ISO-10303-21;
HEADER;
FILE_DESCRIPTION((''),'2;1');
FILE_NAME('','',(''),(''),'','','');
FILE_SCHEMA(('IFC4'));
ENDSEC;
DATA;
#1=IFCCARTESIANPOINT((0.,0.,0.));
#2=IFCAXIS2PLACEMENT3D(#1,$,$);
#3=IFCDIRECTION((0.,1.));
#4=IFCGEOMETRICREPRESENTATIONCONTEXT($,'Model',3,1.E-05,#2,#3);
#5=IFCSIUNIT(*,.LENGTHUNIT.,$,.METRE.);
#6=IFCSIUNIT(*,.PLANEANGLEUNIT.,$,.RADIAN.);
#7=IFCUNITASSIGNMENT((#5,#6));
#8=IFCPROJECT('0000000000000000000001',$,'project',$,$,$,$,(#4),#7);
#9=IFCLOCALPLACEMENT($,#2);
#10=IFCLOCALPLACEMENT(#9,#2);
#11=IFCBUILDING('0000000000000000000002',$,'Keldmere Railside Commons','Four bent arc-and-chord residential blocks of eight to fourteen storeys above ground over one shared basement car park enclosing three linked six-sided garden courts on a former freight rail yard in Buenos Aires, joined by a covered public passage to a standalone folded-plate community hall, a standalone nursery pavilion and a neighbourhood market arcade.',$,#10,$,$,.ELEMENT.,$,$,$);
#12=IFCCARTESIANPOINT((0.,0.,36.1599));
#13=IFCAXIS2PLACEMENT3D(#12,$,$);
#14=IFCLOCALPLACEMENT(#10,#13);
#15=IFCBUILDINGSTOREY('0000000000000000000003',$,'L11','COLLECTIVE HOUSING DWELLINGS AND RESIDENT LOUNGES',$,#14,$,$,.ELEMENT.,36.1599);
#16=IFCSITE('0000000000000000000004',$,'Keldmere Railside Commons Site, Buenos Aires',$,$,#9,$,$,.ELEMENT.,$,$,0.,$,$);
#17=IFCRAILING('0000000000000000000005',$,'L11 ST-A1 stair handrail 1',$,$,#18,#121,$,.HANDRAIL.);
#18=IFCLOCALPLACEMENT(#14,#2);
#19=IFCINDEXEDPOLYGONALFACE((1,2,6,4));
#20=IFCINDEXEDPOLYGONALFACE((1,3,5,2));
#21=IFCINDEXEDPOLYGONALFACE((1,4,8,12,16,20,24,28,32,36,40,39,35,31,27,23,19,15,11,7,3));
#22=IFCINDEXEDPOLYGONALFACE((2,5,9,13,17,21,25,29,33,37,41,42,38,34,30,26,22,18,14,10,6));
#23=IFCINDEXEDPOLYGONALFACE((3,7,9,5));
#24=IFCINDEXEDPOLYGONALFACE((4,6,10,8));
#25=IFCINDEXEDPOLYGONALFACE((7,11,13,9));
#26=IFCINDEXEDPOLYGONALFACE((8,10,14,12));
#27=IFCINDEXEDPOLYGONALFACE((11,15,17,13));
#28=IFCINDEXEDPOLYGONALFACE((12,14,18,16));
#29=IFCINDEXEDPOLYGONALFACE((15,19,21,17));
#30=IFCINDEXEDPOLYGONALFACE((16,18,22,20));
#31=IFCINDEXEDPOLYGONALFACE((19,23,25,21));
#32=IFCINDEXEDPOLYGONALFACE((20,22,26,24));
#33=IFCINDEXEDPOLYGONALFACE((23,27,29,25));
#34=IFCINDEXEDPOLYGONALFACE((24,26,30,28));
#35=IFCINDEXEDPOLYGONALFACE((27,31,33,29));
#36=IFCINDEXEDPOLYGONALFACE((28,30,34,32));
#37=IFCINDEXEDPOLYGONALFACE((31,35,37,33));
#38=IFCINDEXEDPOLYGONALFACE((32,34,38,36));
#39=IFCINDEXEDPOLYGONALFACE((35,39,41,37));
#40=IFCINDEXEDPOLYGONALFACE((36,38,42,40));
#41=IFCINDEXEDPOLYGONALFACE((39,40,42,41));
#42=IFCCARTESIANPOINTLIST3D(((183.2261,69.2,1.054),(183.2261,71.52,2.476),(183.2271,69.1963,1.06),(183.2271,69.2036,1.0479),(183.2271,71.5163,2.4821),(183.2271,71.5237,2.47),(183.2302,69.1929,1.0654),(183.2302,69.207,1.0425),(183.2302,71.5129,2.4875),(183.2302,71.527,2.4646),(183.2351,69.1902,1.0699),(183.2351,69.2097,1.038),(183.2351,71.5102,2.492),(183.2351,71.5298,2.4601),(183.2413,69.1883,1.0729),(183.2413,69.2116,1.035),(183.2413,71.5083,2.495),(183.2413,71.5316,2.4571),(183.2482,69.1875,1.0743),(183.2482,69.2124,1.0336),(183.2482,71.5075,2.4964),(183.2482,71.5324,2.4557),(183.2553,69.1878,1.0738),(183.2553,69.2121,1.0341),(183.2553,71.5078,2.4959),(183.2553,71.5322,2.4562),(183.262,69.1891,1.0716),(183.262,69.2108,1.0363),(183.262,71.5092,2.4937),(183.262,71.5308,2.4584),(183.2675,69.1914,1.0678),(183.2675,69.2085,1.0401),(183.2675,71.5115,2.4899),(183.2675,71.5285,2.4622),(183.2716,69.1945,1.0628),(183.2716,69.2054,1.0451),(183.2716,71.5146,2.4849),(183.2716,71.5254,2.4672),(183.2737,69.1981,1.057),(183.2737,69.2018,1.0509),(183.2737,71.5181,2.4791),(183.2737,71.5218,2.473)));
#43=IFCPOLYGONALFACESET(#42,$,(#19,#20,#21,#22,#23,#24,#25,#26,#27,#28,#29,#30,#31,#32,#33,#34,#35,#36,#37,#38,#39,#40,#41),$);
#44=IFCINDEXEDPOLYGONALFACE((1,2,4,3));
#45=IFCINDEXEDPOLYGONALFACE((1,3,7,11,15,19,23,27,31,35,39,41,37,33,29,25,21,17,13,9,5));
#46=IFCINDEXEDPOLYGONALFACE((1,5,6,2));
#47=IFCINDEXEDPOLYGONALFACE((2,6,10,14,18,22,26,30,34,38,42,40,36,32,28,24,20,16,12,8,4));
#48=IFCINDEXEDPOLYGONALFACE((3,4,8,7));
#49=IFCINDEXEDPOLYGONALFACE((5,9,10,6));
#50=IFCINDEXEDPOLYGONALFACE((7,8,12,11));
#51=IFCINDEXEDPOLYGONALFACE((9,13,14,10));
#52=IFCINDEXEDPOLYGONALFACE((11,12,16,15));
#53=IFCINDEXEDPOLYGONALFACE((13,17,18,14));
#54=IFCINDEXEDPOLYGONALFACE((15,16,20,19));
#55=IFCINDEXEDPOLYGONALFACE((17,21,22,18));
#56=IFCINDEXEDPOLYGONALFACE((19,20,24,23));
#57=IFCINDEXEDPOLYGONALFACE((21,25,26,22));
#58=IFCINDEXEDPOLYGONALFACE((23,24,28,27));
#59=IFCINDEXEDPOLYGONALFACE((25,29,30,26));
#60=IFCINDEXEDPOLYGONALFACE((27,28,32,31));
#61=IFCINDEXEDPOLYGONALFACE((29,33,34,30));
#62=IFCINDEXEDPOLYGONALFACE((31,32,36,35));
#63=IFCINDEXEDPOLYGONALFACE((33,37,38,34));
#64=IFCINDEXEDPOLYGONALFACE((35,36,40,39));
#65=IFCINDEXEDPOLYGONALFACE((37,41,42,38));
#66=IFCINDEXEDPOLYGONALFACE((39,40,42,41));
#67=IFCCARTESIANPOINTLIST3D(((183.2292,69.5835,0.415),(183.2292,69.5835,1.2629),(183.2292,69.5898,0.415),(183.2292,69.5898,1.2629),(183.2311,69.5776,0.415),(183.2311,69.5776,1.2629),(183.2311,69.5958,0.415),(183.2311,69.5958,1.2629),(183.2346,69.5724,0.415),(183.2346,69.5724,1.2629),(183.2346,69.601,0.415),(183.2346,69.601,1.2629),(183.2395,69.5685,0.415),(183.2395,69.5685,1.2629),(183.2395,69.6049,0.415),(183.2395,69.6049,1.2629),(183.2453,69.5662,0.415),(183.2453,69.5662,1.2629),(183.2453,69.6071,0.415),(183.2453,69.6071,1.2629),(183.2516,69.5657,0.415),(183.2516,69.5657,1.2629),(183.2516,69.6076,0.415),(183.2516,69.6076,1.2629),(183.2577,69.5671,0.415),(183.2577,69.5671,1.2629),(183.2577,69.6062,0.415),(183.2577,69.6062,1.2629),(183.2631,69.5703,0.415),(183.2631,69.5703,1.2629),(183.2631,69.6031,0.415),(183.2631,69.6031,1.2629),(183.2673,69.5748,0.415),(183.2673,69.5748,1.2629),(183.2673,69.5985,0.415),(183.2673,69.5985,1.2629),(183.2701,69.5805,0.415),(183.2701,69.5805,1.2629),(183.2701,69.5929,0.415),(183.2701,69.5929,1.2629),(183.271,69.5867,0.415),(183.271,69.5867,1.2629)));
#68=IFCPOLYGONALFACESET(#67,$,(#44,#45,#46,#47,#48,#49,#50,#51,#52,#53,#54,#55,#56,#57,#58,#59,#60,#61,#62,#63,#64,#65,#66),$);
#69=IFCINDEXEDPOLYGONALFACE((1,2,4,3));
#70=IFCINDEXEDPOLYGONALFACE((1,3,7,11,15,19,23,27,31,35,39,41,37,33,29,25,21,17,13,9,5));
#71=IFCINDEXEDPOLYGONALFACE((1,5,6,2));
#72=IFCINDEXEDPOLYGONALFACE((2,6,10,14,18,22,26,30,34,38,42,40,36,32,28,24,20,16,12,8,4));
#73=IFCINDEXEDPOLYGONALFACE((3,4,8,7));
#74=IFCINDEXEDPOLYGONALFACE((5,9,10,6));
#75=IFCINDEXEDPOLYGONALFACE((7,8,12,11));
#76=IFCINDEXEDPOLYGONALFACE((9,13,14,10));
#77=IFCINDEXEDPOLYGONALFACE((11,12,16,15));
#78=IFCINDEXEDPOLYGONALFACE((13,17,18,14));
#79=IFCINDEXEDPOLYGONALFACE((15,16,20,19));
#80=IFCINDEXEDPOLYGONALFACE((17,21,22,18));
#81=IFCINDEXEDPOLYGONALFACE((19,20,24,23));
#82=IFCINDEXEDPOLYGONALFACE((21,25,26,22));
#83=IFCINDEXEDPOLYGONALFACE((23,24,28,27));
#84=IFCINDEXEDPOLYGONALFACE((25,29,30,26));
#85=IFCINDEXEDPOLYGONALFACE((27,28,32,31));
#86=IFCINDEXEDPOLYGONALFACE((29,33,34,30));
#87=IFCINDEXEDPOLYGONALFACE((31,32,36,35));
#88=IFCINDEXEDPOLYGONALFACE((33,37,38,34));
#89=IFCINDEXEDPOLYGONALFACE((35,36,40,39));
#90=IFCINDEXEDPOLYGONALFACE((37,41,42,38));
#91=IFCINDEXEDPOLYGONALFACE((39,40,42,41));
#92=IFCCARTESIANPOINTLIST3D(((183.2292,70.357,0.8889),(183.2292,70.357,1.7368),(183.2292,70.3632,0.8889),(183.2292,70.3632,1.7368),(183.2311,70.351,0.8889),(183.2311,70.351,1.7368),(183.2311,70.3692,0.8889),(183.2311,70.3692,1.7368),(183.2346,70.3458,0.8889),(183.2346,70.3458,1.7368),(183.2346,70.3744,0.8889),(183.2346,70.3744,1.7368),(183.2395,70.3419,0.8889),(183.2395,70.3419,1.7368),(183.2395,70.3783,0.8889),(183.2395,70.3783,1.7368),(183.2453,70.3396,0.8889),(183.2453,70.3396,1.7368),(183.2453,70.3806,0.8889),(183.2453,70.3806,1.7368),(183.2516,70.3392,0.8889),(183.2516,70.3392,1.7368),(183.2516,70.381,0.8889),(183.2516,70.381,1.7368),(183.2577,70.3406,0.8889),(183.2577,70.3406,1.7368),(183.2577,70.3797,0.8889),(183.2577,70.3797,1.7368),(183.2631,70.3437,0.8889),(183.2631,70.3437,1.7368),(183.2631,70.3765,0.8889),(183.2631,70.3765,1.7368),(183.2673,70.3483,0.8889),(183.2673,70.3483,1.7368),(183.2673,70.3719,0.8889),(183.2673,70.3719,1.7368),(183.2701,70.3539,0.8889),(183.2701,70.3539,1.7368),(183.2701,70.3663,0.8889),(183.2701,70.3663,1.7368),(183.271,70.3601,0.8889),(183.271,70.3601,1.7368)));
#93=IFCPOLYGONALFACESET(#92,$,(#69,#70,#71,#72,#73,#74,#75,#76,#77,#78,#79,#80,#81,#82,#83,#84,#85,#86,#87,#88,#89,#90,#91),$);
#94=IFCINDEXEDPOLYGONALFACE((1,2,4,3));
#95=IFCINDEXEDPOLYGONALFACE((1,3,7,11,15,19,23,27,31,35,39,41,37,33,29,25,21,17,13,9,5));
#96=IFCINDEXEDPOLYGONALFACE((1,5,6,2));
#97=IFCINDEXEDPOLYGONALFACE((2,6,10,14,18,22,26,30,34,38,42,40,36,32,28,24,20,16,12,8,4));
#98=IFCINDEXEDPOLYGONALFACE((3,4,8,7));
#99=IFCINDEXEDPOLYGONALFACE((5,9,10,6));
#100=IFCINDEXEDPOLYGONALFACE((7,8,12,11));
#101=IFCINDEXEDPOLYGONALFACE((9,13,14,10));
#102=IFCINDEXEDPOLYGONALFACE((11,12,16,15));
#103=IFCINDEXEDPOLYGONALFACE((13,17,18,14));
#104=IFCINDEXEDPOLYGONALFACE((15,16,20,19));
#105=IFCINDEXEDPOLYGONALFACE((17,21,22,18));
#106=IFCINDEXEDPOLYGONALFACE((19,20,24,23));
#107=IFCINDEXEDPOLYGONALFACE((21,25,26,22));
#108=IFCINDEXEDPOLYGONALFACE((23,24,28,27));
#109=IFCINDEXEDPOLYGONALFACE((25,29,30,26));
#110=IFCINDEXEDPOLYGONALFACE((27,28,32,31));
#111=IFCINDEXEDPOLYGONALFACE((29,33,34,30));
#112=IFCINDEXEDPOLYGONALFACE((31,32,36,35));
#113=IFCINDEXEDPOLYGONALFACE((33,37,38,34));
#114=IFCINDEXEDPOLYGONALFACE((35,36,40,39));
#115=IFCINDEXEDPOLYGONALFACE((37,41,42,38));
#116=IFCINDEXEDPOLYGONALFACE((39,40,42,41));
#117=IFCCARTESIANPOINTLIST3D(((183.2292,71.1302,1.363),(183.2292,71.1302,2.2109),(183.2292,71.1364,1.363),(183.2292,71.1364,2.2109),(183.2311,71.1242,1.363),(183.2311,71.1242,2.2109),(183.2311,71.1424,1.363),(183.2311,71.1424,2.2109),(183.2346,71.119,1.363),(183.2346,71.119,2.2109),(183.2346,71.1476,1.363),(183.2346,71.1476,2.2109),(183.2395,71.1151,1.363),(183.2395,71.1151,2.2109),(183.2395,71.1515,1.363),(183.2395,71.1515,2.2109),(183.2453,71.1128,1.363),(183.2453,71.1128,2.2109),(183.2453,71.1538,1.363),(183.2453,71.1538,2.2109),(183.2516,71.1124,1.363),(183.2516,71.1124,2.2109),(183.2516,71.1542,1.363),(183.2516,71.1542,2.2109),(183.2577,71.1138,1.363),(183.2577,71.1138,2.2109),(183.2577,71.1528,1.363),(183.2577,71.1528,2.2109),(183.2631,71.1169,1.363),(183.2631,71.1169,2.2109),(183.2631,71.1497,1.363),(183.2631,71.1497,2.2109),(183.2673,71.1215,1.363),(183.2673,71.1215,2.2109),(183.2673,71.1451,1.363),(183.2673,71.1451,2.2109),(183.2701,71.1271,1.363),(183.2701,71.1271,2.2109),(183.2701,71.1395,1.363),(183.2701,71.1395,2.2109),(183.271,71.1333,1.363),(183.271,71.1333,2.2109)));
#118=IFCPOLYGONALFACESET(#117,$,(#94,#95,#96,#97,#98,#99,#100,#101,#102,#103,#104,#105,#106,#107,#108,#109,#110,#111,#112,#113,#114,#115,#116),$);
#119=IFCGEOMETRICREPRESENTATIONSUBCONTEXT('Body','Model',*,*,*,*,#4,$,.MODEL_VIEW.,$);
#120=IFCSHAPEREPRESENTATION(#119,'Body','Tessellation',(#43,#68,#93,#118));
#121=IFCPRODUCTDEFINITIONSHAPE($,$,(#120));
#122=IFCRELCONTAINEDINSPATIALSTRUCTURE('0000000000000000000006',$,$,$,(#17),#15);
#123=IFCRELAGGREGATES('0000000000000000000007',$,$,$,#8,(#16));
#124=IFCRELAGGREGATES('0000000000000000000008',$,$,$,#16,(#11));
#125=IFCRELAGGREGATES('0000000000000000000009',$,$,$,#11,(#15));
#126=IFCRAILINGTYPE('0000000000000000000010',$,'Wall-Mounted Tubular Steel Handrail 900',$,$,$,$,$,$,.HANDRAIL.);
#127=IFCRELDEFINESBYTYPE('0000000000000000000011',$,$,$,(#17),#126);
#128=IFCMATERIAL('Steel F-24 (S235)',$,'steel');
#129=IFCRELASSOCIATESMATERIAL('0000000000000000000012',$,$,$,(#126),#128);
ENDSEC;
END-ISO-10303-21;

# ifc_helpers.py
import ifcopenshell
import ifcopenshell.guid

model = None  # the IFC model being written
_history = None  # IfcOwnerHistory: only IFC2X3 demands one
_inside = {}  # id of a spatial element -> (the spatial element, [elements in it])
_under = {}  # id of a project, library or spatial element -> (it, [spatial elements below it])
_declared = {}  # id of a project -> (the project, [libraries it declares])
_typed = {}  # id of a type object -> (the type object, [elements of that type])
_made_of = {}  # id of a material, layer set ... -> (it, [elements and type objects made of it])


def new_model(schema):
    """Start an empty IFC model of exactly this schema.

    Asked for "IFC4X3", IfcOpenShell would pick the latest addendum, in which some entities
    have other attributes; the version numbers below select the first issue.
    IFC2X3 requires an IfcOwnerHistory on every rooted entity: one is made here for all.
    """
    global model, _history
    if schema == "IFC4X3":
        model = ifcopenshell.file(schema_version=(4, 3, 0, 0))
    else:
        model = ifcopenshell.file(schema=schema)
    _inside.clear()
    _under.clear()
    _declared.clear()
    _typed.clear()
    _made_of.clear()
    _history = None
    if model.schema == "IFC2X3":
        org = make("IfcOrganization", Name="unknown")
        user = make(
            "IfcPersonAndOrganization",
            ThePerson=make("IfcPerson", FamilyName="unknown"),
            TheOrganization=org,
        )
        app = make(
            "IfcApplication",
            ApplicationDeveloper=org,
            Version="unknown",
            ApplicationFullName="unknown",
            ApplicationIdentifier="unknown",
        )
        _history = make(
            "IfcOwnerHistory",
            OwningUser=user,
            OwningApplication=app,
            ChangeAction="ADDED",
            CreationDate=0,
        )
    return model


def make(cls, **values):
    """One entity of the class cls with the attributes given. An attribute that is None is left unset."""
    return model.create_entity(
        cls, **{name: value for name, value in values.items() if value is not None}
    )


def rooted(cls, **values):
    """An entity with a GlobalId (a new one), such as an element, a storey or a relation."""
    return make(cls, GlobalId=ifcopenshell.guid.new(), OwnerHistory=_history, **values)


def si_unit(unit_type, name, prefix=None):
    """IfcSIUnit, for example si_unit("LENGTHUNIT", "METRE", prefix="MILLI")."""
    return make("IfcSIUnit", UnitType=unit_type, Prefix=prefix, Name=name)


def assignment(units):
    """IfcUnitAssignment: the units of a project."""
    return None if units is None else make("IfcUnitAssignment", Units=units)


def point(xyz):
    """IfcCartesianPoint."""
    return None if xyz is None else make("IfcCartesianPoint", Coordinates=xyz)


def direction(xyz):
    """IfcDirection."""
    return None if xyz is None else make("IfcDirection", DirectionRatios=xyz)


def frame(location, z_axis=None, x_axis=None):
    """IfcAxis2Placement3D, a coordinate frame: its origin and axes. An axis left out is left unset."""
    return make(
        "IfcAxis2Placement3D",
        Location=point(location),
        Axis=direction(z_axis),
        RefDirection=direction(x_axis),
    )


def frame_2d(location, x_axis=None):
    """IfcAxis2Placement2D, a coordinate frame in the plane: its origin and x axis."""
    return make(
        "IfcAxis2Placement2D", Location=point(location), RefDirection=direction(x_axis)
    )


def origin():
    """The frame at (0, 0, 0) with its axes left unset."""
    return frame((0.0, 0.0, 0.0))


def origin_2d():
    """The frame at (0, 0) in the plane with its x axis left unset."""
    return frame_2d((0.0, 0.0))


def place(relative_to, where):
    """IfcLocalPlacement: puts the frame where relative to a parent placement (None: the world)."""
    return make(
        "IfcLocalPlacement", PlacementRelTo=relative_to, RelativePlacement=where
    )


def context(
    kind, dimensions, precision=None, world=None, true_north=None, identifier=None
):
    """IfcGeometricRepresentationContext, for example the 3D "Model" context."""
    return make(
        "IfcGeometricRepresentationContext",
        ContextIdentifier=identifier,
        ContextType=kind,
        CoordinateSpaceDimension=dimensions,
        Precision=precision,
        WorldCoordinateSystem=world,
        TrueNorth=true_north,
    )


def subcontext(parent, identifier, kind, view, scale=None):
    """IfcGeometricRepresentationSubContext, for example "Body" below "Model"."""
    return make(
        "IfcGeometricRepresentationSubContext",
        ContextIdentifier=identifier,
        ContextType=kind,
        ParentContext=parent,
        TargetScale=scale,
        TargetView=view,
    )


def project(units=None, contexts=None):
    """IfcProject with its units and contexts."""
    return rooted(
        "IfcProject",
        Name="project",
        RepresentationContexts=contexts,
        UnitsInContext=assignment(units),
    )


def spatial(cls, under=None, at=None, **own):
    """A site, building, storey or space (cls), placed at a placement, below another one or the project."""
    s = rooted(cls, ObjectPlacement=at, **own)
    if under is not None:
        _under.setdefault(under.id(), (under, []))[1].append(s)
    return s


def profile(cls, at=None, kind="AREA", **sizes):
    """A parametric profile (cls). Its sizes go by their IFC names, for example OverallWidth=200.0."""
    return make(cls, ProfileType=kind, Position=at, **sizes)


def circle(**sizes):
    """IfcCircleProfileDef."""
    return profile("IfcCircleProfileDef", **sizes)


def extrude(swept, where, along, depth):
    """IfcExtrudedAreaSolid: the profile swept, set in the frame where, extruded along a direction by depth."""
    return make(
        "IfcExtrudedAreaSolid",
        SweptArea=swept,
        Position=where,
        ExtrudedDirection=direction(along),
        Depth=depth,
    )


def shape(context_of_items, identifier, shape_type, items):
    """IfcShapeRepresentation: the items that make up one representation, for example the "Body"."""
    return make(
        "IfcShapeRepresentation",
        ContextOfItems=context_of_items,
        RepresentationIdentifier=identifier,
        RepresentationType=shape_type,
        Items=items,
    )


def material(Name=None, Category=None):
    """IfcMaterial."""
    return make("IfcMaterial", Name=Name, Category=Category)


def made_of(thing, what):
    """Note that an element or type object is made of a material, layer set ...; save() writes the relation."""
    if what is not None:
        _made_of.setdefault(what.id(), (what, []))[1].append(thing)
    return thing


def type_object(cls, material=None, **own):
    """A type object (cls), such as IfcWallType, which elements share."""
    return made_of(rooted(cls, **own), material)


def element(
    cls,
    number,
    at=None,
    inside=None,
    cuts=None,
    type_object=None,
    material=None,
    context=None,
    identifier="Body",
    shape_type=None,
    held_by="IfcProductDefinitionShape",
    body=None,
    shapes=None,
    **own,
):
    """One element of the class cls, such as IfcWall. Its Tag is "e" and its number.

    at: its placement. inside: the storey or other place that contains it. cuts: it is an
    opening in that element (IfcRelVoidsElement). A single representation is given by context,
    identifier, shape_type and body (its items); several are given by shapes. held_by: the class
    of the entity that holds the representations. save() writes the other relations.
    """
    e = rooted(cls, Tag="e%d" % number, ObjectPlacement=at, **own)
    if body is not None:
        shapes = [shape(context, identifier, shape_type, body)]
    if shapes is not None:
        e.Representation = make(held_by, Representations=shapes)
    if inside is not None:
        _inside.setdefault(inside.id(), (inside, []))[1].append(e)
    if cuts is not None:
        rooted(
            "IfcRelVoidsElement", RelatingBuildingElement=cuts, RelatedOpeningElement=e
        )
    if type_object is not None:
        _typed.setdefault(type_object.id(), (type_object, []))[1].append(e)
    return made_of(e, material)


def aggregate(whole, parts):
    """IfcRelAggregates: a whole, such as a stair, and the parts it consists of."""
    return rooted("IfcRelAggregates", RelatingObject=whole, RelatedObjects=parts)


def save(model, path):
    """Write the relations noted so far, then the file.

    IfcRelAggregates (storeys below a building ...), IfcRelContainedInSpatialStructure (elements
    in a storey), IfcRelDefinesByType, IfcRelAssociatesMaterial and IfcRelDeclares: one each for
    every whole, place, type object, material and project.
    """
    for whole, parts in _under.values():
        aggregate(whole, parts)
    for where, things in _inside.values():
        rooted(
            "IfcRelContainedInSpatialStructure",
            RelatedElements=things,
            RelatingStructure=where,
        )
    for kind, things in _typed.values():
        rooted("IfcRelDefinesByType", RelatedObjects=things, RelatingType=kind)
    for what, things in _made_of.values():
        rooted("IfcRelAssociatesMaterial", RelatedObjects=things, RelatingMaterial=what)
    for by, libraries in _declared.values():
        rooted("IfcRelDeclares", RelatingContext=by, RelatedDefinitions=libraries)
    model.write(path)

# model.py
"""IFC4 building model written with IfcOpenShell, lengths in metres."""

from ifc_helpers import new_model, si_unit, direction, frame, origin, origin_2d, place, context, subcontext, project, spatial, circle, extrude, material, type_object, element, save


model = new_model("IFC4")

# Units and contexts
model_context = context("Model", 3, precision=1e-05, world=origin(), true_north=direction((0.0, 1.0)))
body_context = subcontext(model_context, "Body", "Model", "MODEL_VIEW")
ifc_project = project(units=[si_unit("LENGTHUNIT", "METRE"), si_unit("PLANEANGLEUNIT", "RADIAN")], contexts=[model_context])

# Site, building, storey
site_placement = place(None, origin())
site = spatial("IfcSite", under=ifc_project, at=site_placement, Name="Keldmere Railside Commons Site, Buenos Aires", CompositionType="ELEMENT", RefElevation=0.0)
building_placement = place(site_placement, origin())
building = spatial("IfcBuilding", under=site, at=building_placement, Name="Keldmere Railside Commons", Description="Four bent arc-and-chord residential blocks of eight to fourteen storeys above ground over one shared basement car park enclosing three linked six-sided garden courts on a former freight rail yard in Buenos Aires, joined by a covered public passage to a standalone folded-plate community hall, a standalone nursery pavilion and a neighbourhood market arcade.", CompositionType="ELEMENT")
storey_placement = place(building_placement, frame((0.0, 0.0, 36.1599)))
storey = spatial("IfcBuildingStorey", under=building, at=storey_placement, Name="L11", Description="COLLECTIVE HOUSING DWELLINGS AND RESIDENT LOUNGES", CompositionType="ELEMENT", Elevation=36.1599)

# Shared definitions
ifc_material_1 = material(Name="Steel F-24 (S235)", Category="steel")

# Railing
railing_type_1 = type_object("IfcRailingType", Name="Wall-Mounted Tubular Steel Handrail 900", PredefinedType="HANDRAIL", material=ifc_material_1)
railing_1_placement = place(storey_placement, frame((183.25, 69.2, 0.178)))
element("IfcRailing", 1, at=railing_1_placement, inside=storey, type_object=railing_type_1, Name="L11 ST-A1 stair handrail 1", PredefinedType="HANDRAIL", context=body_context, shape_type="SweptSolid", body=[
    extrude(circle(Radius=0.0239, at=origin_2d()), frame((0.0, 0.0, 0.876), z_axis=(0.0, 0.852578, 0.5226), x_axis=(-1.0, 0.0, 0.0)), (0.0, 0.0, 1.0), 2.7212),
    extrude(circle(Radius=0.021, at=origin_2d()), frame((0.0, 0.3867, 0.2371)), (0.0, 0.0, 1.0), 0.8479),
    extrude(circle(Radius=0.021, at=origin_2d()), frame((0.0, 1.1602, 0.7109)), (0.0, 0.0, 1.0), 0.8479),
    extrude(circle(Radius=0.021, at=origin_2d()), frame((0.0, 1.9333, 1.1851)), (0.0, 0.0, 1.0), 0.8479),
])

save(model, "model.ifc")
